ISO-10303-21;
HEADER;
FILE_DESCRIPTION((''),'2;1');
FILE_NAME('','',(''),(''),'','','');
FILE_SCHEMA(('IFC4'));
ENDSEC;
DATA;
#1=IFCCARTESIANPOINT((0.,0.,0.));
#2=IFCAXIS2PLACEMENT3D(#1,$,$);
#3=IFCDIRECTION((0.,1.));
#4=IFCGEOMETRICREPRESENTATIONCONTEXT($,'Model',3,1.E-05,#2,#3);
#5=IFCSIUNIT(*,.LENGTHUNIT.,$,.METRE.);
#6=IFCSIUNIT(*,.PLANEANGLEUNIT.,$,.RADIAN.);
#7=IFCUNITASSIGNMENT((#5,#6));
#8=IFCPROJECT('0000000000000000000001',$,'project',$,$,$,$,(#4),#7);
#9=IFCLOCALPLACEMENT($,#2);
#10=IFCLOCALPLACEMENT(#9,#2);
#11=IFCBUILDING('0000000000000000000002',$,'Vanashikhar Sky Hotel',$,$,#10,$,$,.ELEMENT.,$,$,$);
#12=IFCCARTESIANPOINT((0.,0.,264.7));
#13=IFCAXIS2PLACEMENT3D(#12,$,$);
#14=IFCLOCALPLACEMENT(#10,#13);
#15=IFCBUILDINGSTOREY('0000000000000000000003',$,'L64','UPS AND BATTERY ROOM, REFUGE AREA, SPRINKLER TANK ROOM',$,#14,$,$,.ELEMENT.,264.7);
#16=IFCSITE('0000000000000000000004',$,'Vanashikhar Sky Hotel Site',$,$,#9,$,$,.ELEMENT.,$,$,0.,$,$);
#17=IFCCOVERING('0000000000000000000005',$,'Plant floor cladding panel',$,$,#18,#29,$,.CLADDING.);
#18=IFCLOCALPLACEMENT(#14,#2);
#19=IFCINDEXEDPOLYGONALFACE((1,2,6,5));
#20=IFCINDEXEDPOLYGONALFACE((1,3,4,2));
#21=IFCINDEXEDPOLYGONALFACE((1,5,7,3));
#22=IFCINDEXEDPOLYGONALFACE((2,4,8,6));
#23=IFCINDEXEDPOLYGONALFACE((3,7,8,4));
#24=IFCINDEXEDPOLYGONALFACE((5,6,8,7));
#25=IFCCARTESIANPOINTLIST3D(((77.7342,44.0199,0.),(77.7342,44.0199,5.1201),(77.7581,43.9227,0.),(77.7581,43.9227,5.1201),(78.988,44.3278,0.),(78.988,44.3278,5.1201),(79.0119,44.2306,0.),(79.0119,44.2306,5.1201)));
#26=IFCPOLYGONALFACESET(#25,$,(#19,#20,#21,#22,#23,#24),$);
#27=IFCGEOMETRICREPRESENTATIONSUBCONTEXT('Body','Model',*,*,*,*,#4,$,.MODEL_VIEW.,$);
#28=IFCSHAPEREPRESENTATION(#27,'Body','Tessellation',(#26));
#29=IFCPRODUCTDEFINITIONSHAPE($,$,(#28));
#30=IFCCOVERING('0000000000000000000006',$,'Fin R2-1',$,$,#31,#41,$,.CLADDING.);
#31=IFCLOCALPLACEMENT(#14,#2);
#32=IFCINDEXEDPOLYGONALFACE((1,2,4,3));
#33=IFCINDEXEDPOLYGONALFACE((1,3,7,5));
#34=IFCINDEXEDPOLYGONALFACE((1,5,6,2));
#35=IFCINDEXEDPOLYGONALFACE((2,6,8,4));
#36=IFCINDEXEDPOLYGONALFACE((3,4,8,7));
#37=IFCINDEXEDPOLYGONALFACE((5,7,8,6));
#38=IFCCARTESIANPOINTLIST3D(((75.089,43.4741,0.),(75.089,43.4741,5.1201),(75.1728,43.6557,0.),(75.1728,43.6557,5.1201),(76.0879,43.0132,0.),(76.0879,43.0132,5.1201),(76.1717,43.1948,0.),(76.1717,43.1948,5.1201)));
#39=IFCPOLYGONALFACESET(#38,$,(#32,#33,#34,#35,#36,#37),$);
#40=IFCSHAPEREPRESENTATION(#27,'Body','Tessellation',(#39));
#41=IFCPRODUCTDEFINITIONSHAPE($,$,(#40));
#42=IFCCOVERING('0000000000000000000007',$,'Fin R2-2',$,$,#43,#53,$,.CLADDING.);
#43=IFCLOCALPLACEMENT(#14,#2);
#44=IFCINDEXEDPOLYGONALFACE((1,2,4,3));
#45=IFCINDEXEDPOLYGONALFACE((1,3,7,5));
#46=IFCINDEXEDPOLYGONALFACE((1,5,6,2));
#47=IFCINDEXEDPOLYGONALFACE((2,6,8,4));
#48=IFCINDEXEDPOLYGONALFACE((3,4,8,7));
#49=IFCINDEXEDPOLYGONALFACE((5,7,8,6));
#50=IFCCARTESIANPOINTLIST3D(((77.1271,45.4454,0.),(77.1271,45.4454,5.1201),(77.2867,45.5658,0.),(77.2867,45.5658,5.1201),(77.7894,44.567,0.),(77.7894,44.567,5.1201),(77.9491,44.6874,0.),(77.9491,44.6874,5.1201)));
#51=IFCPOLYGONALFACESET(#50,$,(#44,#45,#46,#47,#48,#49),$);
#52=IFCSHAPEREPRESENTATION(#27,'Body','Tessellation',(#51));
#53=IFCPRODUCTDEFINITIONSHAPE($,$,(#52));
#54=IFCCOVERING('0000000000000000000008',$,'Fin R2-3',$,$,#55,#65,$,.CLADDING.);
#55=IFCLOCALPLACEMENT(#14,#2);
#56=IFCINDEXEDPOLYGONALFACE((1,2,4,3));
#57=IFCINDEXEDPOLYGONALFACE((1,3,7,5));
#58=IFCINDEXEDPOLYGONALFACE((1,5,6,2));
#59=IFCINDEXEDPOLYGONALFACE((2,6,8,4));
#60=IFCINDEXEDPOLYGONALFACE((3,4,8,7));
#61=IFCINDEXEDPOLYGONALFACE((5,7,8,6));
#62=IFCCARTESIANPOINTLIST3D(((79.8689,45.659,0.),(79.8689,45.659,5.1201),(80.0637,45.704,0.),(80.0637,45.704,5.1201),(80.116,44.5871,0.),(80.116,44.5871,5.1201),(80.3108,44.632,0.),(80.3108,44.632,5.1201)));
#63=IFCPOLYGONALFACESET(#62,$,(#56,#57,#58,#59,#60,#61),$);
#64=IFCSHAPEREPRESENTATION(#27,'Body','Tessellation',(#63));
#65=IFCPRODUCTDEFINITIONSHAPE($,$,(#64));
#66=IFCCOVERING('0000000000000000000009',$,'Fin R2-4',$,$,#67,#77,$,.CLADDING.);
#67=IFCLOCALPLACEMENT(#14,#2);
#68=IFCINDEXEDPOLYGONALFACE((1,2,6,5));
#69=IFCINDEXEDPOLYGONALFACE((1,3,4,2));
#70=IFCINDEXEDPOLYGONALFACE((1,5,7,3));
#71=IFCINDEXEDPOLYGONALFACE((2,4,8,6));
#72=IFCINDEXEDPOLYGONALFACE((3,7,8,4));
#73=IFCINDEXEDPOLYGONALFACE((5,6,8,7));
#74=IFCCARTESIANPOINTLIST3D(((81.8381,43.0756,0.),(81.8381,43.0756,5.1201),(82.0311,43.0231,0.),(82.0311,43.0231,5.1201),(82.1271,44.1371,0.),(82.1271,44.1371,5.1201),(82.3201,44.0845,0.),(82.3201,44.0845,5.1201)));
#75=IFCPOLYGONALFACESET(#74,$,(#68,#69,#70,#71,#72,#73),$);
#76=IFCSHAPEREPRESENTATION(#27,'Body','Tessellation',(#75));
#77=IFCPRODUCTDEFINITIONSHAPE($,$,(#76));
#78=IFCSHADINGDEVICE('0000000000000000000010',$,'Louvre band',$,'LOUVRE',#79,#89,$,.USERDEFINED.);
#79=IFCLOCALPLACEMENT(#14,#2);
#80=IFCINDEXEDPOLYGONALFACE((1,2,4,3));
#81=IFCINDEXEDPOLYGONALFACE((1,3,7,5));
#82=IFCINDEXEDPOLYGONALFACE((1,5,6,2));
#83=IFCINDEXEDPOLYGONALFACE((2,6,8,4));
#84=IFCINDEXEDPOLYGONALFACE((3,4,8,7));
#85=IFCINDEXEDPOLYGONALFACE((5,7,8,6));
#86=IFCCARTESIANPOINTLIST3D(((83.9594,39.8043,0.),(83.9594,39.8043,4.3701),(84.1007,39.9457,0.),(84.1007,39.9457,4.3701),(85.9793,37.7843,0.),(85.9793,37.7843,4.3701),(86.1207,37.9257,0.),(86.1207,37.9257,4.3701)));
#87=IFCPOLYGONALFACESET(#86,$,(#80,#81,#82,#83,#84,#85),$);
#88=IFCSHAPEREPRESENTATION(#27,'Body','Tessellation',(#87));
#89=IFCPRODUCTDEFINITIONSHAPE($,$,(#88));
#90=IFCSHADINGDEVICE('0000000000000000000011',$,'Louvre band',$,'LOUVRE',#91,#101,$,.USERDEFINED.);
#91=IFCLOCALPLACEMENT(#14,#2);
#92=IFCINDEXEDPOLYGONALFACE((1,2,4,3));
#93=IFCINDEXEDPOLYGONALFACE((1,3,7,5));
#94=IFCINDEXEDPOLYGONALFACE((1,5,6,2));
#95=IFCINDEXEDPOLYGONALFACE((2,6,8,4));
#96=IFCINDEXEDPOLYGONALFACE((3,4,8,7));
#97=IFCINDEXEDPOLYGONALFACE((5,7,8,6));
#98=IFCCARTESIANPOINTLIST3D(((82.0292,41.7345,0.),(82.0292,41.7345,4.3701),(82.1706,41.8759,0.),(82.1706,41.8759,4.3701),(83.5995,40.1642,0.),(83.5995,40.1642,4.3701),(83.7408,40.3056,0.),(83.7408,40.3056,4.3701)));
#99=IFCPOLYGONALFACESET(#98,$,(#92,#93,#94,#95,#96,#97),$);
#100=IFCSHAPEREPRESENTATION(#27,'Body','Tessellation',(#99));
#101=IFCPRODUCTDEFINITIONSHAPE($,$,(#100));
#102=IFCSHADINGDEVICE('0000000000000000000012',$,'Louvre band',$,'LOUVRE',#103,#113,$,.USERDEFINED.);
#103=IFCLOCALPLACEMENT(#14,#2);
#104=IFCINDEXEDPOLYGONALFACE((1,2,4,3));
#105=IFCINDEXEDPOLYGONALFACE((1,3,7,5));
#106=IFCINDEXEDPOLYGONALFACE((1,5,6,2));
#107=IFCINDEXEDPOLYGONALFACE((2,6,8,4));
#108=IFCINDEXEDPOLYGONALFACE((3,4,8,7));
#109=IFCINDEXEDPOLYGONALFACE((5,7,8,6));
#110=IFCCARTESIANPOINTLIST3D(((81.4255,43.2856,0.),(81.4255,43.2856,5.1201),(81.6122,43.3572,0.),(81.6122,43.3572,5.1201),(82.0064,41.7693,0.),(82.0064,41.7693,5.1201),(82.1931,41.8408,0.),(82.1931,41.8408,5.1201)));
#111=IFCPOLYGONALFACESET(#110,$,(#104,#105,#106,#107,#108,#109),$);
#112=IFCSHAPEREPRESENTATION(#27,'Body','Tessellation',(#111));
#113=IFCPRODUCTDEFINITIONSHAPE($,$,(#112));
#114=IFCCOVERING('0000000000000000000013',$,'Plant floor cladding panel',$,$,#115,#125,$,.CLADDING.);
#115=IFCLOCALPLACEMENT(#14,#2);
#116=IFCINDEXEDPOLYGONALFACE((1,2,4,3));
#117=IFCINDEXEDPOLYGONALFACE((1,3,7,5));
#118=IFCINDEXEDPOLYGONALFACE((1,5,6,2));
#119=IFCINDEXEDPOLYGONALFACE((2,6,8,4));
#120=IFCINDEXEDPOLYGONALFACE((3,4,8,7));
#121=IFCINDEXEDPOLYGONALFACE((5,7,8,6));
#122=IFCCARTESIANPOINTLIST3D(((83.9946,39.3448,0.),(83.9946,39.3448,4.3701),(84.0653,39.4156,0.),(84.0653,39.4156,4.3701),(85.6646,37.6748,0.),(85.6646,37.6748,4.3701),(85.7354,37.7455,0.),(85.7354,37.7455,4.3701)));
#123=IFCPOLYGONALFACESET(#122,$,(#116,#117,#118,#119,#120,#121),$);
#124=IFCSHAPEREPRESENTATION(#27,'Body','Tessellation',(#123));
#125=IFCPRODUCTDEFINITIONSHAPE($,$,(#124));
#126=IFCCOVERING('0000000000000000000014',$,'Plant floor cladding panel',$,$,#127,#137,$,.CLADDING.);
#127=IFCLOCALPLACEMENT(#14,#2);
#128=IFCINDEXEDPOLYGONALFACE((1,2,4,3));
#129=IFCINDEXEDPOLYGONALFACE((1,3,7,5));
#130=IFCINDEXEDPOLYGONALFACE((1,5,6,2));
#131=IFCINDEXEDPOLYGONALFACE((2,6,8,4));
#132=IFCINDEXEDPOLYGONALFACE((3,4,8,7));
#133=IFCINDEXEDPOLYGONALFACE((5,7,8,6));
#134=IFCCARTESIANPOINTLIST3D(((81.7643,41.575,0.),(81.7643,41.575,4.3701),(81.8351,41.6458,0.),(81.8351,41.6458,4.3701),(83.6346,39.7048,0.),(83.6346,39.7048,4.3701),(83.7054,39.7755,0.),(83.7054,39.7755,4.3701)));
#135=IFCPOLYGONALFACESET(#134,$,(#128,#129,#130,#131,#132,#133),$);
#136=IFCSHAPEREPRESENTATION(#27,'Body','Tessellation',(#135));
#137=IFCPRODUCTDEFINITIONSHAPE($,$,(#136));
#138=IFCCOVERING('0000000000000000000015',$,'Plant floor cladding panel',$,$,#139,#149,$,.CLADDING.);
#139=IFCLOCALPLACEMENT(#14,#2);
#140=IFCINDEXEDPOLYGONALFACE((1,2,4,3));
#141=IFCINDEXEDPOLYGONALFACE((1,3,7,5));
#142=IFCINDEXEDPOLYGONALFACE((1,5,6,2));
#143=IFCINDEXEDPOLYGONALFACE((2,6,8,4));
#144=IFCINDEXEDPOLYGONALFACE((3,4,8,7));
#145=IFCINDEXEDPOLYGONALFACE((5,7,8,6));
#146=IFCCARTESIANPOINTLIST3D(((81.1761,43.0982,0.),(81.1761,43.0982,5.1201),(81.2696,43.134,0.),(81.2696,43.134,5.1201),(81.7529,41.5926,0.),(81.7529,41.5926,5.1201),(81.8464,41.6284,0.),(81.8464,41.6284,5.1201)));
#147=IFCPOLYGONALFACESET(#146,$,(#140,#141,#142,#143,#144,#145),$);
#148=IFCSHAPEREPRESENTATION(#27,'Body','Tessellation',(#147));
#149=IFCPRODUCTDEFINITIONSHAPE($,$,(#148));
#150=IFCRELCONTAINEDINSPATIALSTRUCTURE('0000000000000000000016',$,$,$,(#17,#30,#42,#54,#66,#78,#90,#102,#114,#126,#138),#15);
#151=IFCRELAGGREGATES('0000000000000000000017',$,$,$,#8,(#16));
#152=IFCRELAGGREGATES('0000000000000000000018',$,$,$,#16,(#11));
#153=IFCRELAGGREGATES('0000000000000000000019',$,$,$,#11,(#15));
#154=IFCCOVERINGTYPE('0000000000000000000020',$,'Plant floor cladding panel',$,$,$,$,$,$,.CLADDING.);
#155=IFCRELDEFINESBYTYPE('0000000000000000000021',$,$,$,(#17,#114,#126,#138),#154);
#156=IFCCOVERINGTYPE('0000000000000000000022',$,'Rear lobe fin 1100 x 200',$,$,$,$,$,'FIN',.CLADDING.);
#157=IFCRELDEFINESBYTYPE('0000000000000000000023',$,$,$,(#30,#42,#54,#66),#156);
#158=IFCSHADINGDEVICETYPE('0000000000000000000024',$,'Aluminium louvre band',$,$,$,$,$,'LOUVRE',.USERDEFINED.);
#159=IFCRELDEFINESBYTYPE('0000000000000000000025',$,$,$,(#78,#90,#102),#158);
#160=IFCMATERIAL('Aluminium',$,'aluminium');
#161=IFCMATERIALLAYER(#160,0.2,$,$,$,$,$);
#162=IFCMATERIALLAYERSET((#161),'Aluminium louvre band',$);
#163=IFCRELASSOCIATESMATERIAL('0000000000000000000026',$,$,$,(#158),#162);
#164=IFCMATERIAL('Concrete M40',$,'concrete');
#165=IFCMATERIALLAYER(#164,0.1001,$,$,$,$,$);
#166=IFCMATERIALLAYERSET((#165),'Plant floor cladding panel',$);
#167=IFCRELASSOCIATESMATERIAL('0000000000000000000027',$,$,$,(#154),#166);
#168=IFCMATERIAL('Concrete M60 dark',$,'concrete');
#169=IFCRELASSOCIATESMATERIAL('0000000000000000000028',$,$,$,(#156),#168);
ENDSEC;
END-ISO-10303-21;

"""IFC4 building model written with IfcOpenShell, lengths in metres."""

from ifc_helpers import new_model, si_unit, direction, frame, origin, origin_2d, place, context, subcontext, project, spatial, rectangle, extrude, source, transform, mapped, material, layer, layer_set, material_profile, profile_set, type_object, element, save


model = new_model("IFC4")

# Units and contexts
model_context = context("Model", 3, precision=1e-05, world=origin(), true_north=direction((0.0, 1.0)))
body_context = subcontext(model_context, "Body", "Model", "MODEL_VIEW")
ifc_project = project(units=[si_unit("LENGTHUNIT", "METRE"), si_unit("PLANEANGLEUNIT", "RADIAN")], contexts=[model_context])

# Site, building, storey
site_placement = place(None, origin())
site = spatial("IfcSite", under=ifc_project, at=site_placement, Name="Vanashikhar Sky Hotel Site", CompositionType="ELEMENT", RefElevation=0.0)
building_placement = place(site_placement, origin())
building = spatial("IfcBuilding", under=site, at=building_placement, Name="Vanashikhar Sky Hotel", CompositionType="ELEMENT")
storey_placement = place(building_placement, frame((0.0, 0.0, 264.7)))
storey = spatial("IfcBuildingStorey", under=building, at=storey_placement, Name="L64", Description="UPS AND BATTERY ROOM, REFUGE AREA, SPRINKLER TANK ROOM", CompositionType="ELEMENT", Elevation=264.7)

# Shared definitions
ifc_material_1 = material(Name="Concrete M40", Category="concrete")

# Shared definitions
ifc_material_2 = material(Name="Aluminium", Category="aluminium")
ifc_layer_1 = layer(ifc_material_2, 0.2)
ifc_layer_set_1 = layer_set([ifc_layer_1], Name="Aluminium louvre band")
shading_device_type = type_object("IfcShadingDeviceType", Name="Aluminium louvre band", ElementType="LOUVRE", PredefinedType="USERDEFINED", material=ifc_layer_set_1)

# Coverings
ifc_layer_2 = layer(ifc_material_1, 0.1001)
ifc_layer_set_2 = layer_set([ifc_layer_2], Name="Plant floor cladding panel")
covering_type_1 = type_object("IfcCoveringType", Name="Plant floor cladding panel", PredefinedType="CLADDING", material=ifc_layer_set_2)
shared_shape_1 = source(origin(), body_context, "Body", "SweptSolid", [
    extrude(rectangle(XDim=1.291, YDim=0.1001, at=origin_2d()), origin(), (0.0, 0.0, 1.0), 5.1201),
])
for number, where, z_axis, x_axis, name in (
    (1, (78.373, 44.1252, 0.0), (0.0, 0.0, 1.0), (-0.971151, -0.238466, 0.0), "Plant floor cladding panel"),
):
    element("IfcCovering", number, at=place(storey_placement, frame(where, z_axis=z_axis, x_axis=x_axis)), inside=storey, type_object=covering_type_1, Name=name, PredefinedType="CLADDING", context=body_context, shape_type="MappedRepresentation", body=[
        mapped(shared_shape_1, transform((0.0, 0.0, 0.0), scale=1.0)),
    ])
ifc_material_3 = material(Name="Concrete M60 dark", Category="concrete")
ifc_material_profile = material_profile(ifc_material_3, rectangle(XDim=1.1001, YDim=0.2, at=origin_2d()))
ifc_profile_set = profile_set([ifc_material_profile], Name="Rear lobe fin 1100 x 200")
covering_type_2 = type_object("IfcCoveringType", Name="Rear lobe fin 1100 x 200", ElementType="FIN", PredefinedType="CLADDING", material=ifc_profile_set)
shared_shape_2 = source(origin(), body_context, "Body", "SweptSolid", [
    extrude(rectangle(XDim=1.1001, YDim=0.2, at=origin_2d()), origin(), (0.0, 0.0, 1.0), 5.1201),
])
for number, where, z_axis, x_axis, name in (
    (2, (75.6304, 43.3345, 0.0), (0.0, 0.0, 1.0), (-0.908004, 0.418961, 0.0), "Fin R2-1"),
    (3, (77.5381, 45.0664, 0.0), (0.0, 0.0, 1.0), (-0.602066, 0.798446, 0.0), "Fin R2-2"),
    (4, (80.0898, 45.1455, 0.0), (0.0, 0.0, 1.0), (-0.224645, 0.974441, 0.0), "Fin R2-3"),
    (5, (82.0791, 43.5801, 0.0), (0.0, 0.0, 1.0), (0.262711, 0.964874, 0.0), "Fin R2-4"),
):
    element("IfcCovering", number, at=place(storey_placement, frame(where, z_axis=z_axis, x_axis=x_axis)), inside=storey, type_object=covering_type_2, Name=name, PredefinedType="CLADDING", context=body_context, shape_type="MappedRepresentation", body=[
        mapped(shared_shape_2, transform((0.0, 0.0, 0.0), scale=1.0)),
    ])

# Shading devices
shared_shape_3 = source(origin(), body_context, "Body", "SweptSolid", [
    extrude(rectangle(XDim=2.8567, YDim=0.2, at=origin_2d()), origin(), (0.0, 0.0, 1.0), 4.3701),
])
shading_device_1_placement = place(storey_placement, frame((85.04, 38.865, 0.0), z_axis=(0.0, 0.0, 1.0), x_axis=(-0.707107, 0.707107, 0.0)))
element("IfcShadingDevice", 6, at=shading_device_1_placement, inside=storey, type_object=shading_device_type, Name="Louvre band", ObjectType="LOUVRE", PredefinedType="USERDEFINED", context=body_context, shape_type="MappedRepresentation", body=[
    mapped(shared_shape_3, transform((0.0, 0.0, 0.0), scale=1.0)),
])
shared_shape_4 = source(origin(), body_context, "Body", "SweptSolid", [
    extrude(rectangle(XDim=2.2207, YDim=0.2, at=origin_2d()), origin(), (0.0, 0.0, 1.0), 4.3701),
])
shading_device_2_placement = place(storey_placement, frame((82.885, 41.02, 0.0), z_axis=(0.0, 0.0, 1.0), x_axis=(-0.707107, 0.707107, 0.0)))
element("IfcShadingDevice", 7, at=shading_device_2_placement, inside=storey, type_object=shading_device_type, Name="Louvre band", ObjectType="LOUVRE", PredefinedType="USERDEFINED", context=body_context, shape_type="MappedRepresentation", body=[
    mapped(shared_shape_4, transform((0.0, 0.0, 0.0), scale=1.0)),
])
shared_shape_5 = source(origin(), body_context, "Body", "SweptSolid", [
    extrude(rectangle(XDim=1.6238, YDim=0.2, at=origin_2d()), origin(), (0.0, 0.0, 1.0), 5.1201),
])
shading_device_3_placement = place(storey_placement, frame((81.8093, 42.5632, 0.0), z_axis=(0.0, 0.0, 1.0), x_axis=(-0.357749, 0.933818, 0.0)))
element("IfcShadingDevice", 8, at=shading_device_3_placement, inside=storey, type_object=shading_device_type, Name="Louvre band", ObjectType="LOUVRE", PredefinedType="USERDEFINED", context=body_context, shape_type="MappedRepresentation", body=[
    mapped(shared_shape_5, transform((0.0, 0.0, 0.0), scale=1.0)),
])

# Coverings
shared_shape_6 = source(origin(), body_context, "Body", "SweptSolid", [
    extrude(rectangle(XDim=2.3618, YDim=0.1001, at=origin_2d()), origin(), (0.0, 0.0, 1.0), 4.3701),
])
covering_1_placement = place(storey_placement, frame((84.865, 38.5452, 0.0), z_axis=(0.0, 0.0, 1.0), x_axis=(-0.707119, 0.707094, 0.0)))
element("IfcCovering", 9, at=covering_1_placement, inside=storey, type_object=covering_type_1, Name="Plant floor cladding panel", PredefinedType="CLADDING", context=body_context, shape_type="MappedRepresentation", body=[
    mapped(shared_shape_6, transform((0.0, 0.0, 0.0), scale=1.0)),
])
shared_shape_7 = source(origin(), body_context, "Body", "SweptSolid", [
    extrude(rectangle(XDim=2.645, YDim=0.1001, at=origin_2d()), origin(), (0.0, 0.0, 1.0), 4.3701),
])
covering_2_placement = place(storey_placement, frame((82.7349, 40.6753, 0.0), z_axis=(0.0, 0.0, 1.0), x_axis=(-0.707119, 0.707094, 0.0)))
element("IfcCovering", 10, at=covering_2_placement, inside=storey, type_object=covering_type_1, Name="Plant floor cladding panel", PredefinedType="CLADDING", context=body_context, shape_type="MappedRepresentation", body=[
    mapped(shared_shape_7, transform((0.0, 0.0, 0.0), scale=1.0)),
])
shared_shape_8 = source(origin(), body_context, "Body", "SweptSolid", [
    extrude(rectangle(XDim=1.6123, YDim=0.1001, at=origin_2d()), origin(), (0.0, 0.0, 1.0), 5.1201),
])
covering_3_placement = place(storey_placement, frame((81.5112, 42.3633, 0.0), z_axis=(0.0, 0.0, 1.0), x_axis=(-0.357749, 0.933818, 0.0)))
element("IfcCovering", 11, at=covering_3_placement, inside=storey, type_object=covering_type_1, Name="Plant floor cladding panel", PredefinedType="CLADDING", context=body_context, shape_type="MappedRepresentation", body=[
    mapped(shared_shape_8, transform((0.0, 0.0, 0.0), scale=1.0)),
])

save(model, "model.ifc")
